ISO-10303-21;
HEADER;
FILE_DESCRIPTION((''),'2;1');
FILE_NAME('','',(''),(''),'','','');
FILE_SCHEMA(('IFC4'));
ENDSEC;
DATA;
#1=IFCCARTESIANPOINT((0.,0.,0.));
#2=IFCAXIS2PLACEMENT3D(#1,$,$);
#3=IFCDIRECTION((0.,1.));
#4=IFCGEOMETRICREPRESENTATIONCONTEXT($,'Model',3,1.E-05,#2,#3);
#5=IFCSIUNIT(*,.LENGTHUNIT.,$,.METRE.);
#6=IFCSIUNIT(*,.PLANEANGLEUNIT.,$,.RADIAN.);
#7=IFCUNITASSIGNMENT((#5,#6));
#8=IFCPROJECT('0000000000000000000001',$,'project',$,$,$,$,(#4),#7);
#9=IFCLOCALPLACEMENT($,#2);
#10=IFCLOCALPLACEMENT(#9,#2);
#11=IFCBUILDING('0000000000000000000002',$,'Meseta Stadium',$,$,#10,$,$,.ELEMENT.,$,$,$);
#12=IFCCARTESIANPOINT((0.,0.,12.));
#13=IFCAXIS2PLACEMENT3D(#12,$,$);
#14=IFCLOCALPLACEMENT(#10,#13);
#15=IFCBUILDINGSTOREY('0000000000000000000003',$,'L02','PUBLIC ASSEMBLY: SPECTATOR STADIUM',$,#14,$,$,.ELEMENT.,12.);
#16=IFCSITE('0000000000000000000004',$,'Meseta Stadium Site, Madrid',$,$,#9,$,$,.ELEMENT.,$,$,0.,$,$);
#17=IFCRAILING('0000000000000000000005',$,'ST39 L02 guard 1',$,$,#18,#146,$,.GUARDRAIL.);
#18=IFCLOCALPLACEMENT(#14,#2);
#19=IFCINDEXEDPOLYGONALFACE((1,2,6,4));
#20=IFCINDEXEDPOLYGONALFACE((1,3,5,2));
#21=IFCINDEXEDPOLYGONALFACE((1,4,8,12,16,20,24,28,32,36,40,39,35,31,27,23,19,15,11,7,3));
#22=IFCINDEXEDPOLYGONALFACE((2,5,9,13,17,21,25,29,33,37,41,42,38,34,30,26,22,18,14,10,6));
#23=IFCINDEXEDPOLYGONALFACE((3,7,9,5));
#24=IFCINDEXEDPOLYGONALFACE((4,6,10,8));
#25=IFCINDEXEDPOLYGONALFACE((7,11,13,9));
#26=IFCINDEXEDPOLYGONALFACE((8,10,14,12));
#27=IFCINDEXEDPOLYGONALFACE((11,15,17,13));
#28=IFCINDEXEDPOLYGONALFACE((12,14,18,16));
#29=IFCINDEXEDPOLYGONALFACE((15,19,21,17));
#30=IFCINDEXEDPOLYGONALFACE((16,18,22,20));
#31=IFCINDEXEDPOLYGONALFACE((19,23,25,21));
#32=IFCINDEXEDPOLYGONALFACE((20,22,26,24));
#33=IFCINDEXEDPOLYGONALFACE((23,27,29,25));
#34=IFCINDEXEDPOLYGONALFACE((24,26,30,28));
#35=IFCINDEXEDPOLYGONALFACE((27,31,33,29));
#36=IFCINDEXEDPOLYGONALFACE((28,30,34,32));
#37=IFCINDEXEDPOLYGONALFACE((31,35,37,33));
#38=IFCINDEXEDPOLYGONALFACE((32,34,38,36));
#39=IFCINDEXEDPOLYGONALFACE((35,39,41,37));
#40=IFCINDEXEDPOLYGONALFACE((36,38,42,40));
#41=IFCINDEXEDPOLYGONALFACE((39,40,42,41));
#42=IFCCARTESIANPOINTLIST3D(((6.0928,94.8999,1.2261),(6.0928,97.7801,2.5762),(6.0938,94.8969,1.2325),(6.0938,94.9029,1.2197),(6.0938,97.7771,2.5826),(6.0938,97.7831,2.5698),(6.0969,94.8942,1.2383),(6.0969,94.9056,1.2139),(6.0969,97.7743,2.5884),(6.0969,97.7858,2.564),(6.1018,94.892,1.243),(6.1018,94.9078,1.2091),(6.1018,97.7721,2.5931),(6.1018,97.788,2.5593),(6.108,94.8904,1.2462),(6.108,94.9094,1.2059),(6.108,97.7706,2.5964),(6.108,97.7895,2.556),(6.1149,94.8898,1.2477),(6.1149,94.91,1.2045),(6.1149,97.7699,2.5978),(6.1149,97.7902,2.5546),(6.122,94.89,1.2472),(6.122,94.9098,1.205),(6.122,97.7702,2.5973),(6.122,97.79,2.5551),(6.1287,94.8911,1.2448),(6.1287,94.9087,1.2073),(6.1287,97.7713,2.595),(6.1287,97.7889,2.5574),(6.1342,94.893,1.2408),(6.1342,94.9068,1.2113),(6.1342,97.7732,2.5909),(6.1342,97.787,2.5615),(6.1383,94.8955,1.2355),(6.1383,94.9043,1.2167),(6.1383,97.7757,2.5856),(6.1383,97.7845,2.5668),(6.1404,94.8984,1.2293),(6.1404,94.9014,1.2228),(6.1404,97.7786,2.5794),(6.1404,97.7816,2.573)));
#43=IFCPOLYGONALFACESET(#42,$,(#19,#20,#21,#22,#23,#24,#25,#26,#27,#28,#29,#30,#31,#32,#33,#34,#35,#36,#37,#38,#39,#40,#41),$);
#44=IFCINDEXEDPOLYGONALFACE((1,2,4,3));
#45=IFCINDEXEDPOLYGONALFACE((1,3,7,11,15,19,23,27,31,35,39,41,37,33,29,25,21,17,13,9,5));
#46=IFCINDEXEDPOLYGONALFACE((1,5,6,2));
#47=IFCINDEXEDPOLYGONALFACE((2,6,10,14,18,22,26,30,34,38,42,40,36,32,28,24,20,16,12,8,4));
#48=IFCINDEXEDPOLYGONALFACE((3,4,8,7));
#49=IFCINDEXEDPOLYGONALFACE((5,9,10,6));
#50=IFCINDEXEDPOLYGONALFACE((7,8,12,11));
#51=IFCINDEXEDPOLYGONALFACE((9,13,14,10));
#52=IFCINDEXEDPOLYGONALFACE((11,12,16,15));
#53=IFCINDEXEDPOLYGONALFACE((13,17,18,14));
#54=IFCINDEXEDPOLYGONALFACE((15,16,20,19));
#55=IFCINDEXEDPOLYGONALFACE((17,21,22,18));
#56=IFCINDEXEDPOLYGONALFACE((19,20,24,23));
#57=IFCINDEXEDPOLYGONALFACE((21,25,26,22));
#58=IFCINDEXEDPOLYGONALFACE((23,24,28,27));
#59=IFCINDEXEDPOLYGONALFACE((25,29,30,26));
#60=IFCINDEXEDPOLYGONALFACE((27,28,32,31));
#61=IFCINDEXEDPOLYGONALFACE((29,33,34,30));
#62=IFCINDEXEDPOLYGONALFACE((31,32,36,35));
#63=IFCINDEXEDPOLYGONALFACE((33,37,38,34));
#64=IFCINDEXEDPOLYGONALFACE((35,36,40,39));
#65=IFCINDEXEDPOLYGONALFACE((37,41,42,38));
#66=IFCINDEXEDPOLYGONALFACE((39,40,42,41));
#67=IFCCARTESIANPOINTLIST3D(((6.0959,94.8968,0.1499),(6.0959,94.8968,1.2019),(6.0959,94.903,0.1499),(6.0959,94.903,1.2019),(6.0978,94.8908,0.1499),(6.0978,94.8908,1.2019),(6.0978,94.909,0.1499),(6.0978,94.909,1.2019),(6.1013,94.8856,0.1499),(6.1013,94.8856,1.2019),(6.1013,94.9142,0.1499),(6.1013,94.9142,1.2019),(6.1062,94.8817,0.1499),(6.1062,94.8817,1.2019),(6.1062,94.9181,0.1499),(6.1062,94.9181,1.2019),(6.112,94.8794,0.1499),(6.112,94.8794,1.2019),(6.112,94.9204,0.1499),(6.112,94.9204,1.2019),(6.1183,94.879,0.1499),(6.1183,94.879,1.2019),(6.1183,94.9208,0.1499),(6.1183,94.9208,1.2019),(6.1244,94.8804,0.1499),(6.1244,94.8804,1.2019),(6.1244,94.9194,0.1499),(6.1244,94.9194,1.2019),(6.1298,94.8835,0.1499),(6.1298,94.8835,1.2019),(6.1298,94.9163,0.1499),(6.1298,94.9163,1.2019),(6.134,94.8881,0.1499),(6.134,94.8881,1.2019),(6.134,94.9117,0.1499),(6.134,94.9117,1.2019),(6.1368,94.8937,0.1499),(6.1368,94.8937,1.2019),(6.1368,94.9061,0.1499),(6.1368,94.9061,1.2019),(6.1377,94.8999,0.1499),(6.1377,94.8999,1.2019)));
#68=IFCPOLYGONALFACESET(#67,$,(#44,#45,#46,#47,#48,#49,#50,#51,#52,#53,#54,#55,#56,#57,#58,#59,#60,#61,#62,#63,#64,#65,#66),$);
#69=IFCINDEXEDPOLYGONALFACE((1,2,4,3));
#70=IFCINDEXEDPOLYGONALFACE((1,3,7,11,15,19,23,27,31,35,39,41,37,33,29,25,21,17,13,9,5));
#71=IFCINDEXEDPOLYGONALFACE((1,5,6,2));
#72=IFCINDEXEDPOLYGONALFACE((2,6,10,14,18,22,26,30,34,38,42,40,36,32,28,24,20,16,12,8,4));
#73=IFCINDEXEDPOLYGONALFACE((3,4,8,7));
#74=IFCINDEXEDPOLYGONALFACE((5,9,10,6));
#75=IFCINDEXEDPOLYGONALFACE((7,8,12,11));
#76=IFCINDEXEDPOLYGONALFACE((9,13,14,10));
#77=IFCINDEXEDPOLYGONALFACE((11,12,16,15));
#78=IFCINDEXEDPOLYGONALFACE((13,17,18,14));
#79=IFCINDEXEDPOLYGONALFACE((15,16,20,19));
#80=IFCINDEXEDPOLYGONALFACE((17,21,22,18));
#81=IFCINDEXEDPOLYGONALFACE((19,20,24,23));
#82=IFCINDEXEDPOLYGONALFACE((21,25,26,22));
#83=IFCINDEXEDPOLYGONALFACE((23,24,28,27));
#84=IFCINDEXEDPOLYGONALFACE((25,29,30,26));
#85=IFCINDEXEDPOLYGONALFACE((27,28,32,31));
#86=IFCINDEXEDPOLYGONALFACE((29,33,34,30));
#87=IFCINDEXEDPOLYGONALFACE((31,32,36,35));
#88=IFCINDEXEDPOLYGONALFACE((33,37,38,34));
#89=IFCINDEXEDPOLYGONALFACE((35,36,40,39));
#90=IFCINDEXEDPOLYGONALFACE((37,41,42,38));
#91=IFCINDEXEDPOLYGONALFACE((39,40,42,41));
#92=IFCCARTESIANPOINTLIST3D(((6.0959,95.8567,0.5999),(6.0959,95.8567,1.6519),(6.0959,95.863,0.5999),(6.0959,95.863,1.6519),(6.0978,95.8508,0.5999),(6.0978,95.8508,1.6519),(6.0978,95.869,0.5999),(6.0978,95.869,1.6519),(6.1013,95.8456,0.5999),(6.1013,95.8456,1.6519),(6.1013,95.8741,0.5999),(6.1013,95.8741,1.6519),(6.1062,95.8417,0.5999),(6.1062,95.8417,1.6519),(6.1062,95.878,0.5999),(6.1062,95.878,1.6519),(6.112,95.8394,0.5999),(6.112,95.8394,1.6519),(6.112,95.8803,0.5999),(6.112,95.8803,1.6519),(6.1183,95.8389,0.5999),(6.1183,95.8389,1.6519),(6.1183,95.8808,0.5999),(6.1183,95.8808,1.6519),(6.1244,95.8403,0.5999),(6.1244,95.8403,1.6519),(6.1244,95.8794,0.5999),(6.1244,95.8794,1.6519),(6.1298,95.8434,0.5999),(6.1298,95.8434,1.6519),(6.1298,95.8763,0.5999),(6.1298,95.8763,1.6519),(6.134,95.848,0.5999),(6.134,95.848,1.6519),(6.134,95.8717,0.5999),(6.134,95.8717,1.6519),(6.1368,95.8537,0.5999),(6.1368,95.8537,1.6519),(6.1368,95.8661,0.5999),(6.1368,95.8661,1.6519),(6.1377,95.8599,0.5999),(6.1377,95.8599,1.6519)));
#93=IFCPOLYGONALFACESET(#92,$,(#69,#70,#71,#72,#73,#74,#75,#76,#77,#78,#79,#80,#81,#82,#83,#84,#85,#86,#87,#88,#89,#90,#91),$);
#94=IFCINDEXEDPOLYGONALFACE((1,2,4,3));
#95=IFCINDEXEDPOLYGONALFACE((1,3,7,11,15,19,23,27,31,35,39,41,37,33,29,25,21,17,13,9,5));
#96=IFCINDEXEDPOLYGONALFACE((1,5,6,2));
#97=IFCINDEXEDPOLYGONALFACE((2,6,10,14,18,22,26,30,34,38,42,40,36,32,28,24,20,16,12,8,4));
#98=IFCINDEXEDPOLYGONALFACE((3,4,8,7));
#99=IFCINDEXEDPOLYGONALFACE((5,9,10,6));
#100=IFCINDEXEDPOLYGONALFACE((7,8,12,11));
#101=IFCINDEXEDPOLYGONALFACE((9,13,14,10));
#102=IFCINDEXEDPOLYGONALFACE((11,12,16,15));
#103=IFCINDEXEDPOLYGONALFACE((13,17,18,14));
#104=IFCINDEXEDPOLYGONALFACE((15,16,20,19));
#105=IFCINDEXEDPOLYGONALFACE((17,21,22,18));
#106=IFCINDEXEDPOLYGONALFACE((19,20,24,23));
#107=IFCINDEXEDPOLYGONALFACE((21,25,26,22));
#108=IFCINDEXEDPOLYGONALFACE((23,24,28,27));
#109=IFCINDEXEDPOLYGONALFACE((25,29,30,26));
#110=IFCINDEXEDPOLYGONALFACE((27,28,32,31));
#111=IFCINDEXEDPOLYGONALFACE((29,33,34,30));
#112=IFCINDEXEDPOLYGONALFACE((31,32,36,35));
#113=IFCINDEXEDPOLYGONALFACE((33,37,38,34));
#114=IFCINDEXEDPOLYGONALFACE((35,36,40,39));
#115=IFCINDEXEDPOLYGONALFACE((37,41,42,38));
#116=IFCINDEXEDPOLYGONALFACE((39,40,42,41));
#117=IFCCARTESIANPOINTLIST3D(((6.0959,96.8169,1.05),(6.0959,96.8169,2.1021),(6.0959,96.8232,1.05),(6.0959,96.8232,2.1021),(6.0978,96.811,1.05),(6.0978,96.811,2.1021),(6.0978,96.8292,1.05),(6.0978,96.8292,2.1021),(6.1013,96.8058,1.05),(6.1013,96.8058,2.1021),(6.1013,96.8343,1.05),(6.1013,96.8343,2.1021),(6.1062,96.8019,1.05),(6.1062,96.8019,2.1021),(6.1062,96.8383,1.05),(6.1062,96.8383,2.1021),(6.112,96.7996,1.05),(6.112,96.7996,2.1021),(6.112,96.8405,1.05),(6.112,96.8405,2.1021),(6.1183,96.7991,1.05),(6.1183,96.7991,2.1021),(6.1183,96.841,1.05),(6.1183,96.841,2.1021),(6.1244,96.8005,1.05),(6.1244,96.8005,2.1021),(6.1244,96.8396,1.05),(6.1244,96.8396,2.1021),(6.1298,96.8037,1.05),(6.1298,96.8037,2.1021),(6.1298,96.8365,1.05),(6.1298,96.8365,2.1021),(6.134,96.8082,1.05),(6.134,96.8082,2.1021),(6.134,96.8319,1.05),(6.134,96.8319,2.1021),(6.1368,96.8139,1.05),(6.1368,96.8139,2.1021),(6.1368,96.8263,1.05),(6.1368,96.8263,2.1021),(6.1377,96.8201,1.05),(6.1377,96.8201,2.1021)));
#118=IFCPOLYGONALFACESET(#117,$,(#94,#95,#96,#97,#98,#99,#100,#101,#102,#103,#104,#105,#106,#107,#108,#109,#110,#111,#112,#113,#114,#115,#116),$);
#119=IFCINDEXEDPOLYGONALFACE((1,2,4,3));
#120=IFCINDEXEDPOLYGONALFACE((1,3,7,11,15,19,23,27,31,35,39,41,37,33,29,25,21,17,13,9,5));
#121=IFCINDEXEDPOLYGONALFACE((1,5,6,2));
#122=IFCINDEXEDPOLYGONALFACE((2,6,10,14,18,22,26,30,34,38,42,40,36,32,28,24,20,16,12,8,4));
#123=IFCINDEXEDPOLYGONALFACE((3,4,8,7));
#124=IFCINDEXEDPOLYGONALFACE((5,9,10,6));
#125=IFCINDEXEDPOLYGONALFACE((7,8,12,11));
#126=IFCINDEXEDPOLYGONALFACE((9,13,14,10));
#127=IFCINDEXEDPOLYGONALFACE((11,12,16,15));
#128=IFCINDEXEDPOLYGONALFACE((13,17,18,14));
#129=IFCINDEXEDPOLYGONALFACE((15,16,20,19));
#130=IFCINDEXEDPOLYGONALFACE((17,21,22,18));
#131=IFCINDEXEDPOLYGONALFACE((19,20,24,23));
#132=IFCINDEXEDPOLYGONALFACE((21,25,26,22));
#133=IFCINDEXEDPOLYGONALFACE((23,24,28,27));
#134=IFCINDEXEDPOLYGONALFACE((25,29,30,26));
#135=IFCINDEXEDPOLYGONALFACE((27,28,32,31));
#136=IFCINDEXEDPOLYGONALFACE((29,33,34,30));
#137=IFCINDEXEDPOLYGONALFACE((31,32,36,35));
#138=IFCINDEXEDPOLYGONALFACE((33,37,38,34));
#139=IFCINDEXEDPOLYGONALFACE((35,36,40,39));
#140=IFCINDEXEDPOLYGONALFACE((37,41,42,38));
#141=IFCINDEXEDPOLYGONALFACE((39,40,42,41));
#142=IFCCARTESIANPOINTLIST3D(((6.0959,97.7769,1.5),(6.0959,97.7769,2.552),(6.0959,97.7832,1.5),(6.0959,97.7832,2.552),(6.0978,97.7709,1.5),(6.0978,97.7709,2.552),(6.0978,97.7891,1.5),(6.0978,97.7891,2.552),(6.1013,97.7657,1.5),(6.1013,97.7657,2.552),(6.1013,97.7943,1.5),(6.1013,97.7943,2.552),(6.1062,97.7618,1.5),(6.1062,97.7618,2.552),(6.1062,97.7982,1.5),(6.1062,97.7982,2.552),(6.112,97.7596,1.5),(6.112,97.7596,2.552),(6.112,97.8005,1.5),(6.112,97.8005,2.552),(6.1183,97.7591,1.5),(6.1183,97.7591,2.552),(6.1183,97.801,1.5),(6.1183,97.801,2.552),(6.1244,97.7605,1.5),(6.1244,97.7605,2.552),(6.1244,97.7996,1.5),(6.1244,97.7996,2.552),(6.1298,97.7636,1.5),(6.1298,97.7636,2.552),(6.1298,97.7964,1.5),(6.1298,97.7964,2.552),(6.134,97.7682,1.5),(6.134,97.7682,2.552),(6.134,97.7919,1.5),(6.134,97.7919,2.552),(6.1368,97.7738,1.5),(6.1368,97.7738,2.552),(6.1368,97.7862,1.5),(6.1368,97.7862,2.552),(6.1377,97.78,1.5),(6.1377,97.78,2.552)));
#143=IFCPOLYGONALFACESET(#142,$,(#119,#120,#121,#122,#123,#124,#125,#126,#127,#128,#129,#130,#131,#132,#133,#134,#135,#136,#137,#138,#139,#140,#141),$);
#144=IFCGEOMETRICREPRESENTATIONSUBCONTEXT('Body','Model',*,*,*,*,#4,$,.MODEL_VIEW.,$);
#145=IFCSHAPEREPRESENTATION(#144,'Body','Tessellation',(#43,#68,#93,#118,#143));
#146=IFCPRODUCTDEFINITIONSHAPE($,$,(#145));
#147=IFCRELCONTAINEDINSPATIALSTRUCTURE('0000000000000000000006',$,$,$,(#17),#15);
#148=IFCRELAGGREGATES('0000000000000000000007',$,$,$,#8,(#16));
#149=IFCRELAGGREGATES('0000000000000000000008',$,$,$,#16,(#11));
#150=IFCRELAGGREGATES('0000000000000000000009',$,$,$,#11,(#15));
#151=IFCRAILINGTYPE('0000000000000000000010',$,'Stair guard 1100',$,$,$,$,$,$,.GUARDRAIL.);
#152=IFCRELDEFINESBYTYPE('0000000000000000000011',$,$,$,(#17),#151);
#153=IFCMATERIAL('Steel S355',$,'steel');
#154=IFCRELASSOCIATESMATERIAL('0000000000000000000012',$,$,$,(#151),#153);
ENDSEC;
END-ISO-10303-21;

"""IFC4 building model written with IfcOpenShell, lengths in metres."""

from ifc_helpers import new_model, si_unit, direction, frame, origin, origin_2d, place, context, subcontext, project, spatial, circle, extrude, material, type_object, element, save


model = new_model("IFC4")

# Units and contexts
model_context = context("Model", 3, precision=1e-05, world=origin(), true_north=direction((0.0, 1.0)))
body_context = subcontext(model_context, "Body", "Model", "MODEL_VIEW")
ifc_project = project(units=[si_unit("LENGTHUNIT", "METRE"), si_unit("PLANEANGLEUNIT", "RADIAN")], contexts=[model_context])

# Site, building, storey
site_placement = place(None, origin())
site = spatial("IfcSite", under=ifc_project, at=site_placement, Name="Meseta Stadium Site, Madrid", CompositionType="ELEMENT", RefElevation=0.0)
building_placement = place(site_placement, origin())
building = spatial("IfcBuilding", under=site, at=building_placement, Name="Meseta Stadium", CompositionType="ELEMENT")
storey_placement = place(building_placement, frame((0.0, 0.0, 12.0)))
storey = spatial("IfcBuildingStorey", under=building, at=storey_placement, Name="L02", Description="PUBLIC ASSEMBLY: SPECTATOR STADIUM", CompositionType="ELEMENT", Elevation=12.0)

# Railing
ifc_material_1 = material(Name="Steel S355", Category="steel")
railing_type_1 = type_object("IfcRailingType", Name="Stair guard 1100", PredefinedType="GUARDRAIL", material=ifc_material_1)
railing_1_placement = place(storey_placement, frame((6.1167, 94.8999, 0.1499)))
element("IfcRailing", 1, at=railing_1_placement, inside=storey, type_object=railing_type_1, Name="ST39 L02 guard 1", PredefinedType="GUARDRAIL", context=body_context, shape_type="SweptSolid", body=[
    extrude(circle(Radius=0.0239, at=origin_2d()), frame((0.0, 0.0, 1.0762), z_axis=(0.0, 0.905454, 0.424444), x_axis=(-1.0, 0.0, 0.0)), (0.0, 0.0, 1.0), 3.1809),
    extrude(circle(Radius=0.021, at=origin_2d()), origin(), (0.0, 0.0, 1.0), 1.052),
    extrude(circle(Radius=0.021, at=origin_2d()), frame((0.0, 0.96, 0.45)), (0.0, 0.0, 1.0), 1.052),
    extrude(circle(Radius=0.021, at=origin_2d()), frame((0.0, 1.9202, 0.9001)), (0.0, 0.0, 1.0), 1.052),
    extrude(circle(Radius=0.021, at=origin_2d()), frame((0.0, 2.8801, 1.3501)), (0.0, 0.0, 1.0), 1.052),
])

save(model, "model.ifc")
